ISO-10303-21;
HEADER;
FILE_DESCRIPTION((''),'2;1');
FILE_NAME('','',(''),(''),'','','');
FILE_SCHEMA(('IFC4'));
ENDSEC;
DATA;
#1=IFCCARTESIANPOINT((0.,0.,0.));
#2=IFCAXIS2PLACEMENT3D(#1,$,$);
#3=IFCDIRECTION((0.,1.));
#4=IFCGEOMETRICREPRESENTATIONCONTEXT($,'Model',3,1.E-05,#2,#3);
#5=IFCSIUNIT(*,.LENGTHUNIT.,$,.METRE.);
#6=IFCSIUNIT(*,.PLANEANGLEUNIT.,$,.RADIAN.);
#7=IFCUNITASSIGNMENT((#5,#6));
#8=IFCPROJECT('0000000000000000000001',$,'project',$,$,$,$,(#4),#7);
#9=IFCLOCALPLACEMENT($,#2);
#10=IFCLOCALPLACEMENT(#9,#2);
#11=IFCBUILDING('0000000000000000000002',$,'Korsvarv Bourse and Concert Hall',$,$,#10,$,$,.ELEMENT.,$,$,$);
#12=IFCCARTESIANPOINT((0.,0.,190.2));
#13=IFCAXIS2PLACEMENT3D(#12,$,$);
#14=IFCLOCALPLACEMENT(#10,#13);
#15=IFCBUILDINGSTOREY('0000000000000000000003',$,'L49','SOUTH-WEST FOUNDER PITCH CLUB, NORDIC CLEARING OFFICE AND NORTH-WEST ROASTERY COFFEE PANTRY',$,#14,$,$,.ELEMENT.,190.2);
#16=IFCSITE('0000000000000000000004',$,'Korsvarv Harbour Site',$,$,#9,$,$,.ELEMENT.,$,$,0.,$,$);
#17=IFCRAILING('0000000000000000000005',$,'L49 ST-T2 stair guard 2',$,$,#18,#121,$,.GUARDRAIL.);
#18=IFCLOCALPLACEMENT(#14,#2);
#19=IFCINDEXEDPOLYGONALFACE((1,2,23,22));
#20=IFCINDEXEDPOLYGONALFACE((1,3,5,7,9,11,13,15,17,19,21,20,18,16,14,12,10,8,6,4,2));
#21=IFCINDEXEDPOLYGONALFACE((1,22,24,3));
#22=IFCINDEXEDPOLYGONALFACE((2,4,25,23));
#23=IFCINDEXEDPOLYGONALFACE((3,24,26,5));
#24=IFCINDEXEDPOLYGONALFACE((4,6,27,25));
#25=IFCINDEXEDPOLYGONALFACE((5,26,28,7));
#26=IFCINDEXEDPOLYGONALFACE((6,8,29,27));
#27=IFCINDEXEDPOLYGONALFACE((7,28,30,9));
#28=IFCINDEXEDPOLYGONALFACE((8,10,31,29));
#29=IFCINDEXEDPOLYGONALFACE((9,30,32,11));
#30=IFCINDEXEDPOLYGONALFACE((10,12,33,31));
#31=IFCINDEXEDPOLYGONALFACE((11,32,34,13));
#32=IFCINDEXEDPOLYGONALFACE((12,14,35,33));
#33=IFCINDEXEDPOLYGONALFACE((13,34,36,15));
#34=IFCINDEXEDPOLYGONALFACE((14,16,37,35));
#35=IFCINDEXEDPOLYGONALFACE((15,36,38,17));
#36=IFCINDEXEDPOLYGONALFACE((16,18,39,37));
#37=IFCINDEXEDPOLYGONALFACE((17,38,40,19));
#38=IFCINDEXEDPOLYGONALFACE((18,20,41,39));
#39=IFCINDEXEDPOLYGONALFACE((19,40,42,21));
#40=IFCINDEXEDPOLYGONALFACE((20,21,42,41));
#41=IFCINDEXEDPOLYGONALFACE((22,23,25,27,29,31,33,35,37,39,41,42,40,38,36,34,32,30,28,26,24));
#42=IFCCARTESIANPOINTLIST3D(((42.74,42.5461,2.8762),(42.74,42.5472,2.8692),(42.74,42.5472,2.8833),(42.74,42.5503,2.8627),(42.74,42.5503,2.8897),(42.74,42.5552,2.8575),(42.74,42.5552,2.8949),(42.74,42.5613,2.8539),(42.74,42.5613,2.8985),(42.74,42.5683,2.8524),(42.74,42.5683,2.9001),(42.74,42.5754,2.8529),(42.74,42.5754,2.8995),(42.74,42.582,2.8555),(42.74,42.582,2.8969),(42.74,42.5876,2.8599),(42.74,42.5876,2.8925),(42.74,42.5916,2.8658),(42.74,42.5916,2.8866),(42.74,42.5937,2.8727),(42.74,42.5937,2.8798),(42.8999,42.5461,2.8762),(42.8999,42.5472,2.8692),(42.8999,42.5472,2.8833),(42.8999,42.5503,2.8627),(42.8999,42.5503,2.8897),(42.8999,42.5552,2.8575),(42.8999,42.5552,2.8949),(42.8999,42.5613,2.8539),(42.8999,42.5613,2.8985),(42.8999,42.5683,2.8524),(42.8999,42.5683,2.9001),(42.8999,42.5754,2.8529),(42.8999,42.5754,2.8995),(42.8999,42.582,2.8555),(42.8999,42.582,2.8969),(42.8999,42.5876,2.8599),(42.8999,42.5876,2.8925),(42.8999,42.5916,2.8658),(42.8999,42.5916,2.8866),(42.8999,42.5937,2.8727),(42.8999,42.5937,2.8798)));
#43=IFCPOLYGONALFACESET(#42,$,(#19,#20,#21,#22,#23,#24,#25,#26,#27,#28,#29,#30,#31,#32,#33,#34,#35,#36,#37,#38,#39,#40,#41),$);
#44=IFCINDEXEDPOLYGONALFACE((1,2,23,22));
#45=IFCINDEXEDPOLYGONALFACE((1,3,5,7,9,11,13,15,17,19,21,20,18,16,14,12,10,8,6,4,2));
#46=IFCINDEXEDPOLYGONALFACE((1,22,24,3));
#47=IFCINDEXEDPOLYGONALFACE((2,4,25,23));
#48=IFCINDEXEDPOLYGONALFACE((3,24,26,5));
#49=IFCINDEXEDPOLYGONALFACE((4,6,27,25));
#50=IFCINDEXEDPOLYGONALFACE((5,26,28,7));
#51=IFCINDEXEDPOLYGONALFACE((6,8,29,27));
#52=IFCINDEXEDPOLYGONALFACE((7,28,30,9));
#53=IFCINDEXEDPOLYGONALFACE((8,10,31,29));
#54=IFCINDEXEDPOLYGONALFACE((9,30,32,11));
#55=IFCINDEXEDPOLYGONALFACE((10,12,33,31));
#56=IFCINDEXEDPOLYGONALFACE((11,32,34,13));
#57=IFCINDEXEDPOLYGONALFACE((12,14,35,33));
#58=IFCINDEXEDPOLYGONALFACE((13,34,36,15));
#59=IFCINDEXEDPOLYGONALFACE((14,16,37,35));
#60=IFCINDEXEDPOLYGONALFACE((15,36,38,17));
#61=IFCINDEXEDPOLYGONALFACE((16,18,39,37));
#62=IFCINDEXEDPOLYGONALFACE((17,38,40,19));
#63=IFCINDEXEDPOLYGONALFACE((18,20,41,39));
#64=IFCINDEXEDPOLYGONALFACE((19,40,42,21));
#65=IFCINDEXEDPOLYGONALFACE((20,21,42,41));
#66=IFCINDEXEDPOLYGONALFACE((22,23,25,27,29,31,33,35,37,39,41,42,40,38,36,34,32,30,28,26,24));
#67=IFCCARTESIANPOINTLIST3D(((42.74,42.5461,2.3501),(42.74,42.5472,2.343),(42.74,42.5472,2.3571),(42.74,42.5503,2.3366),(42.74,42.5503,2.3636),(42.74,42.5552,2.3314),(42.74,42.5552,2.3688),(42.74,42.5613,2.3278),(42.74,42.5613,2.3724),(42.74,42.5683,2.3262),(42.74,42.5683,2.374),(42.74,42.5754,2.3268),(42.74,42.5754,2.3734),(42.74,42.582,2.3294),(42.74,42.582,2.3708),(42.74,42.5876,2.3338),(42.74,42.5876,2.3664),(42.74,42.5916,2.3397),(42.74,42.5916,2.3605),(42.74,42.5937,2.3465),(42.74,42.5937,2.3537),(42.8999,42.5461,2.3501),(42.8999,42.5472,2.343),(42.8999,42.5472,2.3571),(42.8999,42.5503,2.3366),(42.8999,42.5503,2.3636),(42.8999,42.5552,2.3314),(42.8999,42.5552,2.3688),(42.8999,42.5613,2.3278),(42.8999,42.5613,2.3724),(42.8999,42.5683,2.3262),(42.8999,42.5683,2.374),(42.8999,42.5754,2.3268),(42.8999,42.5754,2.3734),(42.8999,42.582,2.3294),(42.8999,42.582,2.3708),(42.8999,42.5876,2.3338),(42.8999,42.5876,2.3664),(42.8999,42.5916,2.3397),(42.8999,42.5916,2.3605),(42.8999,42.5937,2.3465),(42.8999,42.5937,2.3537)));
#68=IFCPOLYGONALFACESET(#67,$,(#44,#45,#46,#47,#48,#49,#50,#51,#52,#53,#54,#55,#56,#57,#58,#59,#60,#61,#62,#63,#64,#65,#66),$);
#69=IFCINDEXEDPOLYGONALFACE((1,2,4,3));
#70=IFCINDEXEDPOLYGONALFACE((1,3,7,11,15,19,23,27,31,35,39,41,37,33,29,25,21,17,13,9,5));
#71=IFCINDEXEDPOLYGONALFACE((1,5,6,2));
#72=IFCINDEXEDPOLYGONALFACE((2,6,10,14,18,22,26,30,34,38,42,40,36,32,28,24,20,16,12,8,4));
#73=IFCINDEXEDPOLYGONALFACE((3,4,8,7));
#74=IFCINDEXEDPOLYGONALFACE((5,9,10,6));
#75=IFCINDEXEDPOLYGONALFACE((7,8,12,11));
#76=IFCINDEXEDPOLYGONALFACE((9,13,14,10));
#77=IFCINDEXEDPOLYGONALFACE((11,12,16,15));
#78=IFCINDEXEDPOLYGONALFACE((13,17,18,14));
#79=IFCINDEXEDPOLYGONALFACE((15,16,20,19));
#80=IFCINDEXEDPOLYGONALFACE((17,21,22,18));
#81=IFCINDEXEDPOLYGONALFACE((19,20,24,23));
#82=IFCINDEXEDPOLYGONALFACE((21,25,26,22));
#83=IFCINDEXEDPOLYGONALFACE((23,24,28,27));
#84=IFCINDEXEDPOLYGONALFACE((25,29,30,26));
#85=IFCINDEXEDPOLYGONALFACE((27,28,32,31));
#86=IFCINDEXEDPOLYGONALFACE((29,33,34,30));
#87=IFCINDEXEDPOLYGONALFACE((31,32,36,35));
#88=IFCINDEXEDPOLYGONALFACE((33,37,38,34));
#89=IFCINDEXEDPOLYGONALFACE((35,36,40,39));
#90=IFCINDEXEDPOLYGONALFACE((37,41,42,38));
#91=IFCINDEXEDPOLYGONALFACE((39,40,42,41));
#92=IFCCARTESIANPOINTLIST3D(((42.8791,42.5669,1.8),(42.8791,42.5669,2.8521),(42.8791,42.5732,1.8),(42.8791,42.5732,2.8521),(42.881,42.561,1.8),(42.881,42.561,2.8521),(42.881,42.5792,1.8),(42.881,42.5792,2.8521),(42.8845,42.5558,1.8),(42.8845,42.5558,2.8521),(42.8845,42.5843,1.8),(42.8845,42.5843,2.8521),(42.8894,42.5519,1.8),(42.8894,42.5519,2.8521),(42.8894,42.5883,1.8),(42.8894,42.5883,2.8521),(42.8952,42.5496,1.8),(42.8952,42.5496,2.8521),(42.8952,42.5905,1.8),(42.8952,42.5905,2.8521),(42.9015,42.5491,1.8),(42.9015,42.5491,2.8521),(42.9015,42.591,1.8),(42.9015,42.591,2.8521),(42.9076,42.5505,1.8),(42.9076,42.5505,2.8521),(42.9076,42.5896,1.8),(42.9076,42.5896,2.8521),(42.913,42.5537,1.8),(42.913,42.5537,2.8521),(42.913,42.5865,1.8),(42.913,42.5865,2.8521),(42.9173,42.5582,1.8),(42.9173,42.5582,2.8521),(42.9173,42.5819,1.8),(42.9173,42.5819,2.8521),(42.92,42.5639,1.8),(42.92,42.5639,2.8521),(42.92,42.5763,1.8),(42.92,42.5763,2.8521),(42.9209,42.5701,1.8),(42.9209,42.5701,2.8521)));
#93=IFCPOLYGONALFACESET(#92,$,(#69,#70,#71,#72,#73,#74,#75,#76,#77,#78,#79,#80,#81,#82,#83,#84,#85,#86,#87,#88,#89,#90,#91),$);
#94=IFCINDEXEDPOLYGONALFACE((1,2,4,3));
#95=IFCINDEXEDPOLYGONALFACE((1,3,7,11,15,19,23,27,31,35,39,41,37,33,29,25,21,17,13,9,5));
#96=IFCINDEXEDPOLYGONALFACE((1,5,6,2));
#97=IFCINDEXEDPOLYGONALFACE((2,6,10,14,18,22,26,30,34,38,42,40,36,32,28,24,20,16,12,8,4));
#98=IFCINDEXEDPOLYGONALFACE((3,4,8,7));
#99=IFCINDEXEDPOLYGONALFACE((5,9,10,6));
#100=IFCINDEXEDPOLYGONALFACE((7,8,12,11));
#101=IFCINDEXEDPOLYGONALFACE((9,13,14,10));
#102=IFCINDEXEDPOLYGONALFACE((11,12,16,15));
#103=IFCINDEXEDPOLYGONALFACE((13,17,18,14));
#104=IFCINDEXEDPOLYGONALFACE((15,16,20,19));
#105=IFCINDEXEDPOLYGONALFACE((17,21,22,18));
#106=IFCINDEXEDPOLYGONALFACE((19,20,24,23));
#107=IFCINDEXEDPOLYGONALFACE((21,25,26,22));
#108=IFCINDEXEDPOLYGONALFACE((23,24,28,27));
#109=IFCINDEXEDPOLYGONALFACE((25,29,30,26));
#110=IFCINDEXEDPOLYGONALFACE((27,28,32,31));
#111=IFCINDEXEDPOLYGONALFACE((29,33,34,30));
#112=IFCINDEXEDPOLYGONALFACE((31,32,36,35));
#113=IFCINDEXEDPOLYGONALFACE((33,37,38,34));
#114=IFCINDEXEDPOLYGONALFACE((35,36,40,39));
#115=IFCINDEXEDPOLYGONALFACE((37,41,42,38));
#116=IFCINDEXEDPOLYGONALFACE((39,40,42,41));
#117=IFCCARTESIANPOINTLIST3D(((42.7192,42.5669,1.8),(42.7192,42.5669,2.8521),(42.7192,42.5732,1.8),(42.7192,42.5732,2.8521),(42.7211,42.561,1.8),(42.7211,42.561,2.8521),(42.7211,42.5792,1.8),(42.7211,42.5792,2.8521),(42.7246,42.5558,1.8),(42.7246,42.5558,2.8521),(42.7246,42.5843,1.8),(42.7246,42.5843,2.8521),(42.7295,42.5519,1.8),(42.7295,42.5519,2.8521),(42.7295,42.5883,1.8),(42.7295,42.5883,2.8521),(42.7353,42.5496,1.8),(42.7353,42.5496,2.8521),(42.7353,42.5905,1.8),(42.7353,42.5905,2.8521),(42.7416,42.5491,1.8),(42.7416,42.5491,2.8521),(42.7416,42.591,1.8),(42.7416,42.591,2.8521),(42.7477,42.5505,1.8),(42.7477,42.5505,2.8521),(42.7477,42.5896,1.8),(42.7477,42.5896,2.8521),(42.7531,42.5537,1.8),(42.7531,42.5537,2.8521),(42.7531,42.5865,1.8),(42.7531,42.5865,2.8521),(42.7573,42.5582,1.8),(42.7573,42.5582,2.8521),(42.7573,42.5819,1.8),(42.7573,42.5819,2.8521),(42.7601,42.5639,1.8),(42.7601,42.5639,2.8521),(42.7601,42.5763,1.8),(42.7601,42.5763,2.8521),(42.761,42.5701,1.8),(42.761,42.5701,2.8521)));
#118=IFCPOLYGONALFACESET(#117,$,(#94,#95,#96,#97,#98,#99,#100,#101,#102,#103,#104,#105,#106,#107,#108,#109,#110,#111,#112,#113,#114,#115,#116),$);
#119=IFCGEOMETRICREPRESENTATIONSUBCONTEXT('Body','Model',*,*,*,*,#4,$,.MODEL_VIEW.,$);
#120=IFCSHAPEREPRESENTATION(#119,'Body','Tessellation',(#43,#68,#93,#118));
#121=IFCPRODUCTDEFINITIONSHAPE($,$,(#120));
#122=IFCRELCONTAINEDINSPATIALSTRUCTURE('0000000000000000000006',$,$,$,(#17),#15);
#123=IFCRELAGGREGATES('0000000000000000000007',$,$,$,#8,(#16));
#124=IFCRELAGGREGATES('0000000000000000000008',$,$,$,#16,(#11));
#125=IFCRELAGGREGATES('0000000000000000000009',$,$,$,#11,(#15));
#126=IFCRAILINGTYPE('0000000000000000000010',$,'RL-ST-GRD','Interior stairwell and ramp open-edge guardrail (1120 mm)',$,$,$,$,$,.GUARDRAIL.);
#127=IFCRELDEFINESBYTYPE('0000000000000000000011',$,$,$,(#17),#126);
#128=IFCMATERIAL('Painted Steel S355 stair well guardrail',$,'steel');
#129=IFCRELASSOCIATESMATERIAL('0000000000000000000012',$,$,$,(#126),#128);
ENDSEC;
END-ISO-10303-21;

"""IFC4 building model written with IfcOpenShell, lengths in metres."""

from ifc_helpers import new_model, si_unit, direction, frame, origin, origin_2d, place, context, subcontext, project, spatial, circle, extrude, material, type_object, element, save


model = new_model("IFC4")

# Units and contexts
model_context = context("Model", 3, precision=1e-05, world=origin(), true_north=direction((0.0, 1.0)))
body_context = subcontext(model_context, "Body", "Model", "MODEL_VIEW")
ifc_project = project(units=[si_unit("LENGTHUNIT", "METRE"), si_unit("PLANEANGLEUNIT", "RADIAN")], contexts=[model_context])

# Site, building, storey
site_placement = place(None, origin())
site = spatial("IfcSite", under=ifc_project, at=site_placement, Name="Korsvarv Harbour Site", CompositionType="ELEMENT", RefElevation=0.0)
building_placement = place(site_placement, origin())
building = spatial("IfcBuilding", under=site, at=building_placement, Name="Korsvarv Bourse and Concert Hall", CompositionType="ELEMENT")
storey_placement = place(building_placement, frame((0.0, 0.0, 190.2)))
storey = spatial("IfcBuildingStorey", under=building, at=storey_placement, Name="L49", Description="SOUTH-WEST FOUNDER PITCH CLUB, NORDIC CLEARING OFFICE AND NORTH-WEST ROASTERY COFFEE PANTRY", CompositionType="ELEMENT", Elevation=190.2)

# Railing
ifc_material_1 = material(Name="Painted Steel S355 stair well guardrail", Category="steel")
railing_type_1 = type_object("IfcRailingType", Name="RL-ST-GRD", Description="Interior stairwell and ramp open-edge guardrail (1120 mm)", PredefinedType="GUARDRAIL", material=ifc_material_1)
railing_1_placement = place(storey_placement, frame((42.8999, 42.5701, 1.8)))
element("IfcRailing", 1, at=railing_1_placement, inside=storey, type_object=railing_type_1, Name="L49 ST-T2 stair guard 2", PredefinedType="GUARDRAIL", context=body_context, shape_type="SweptSolid", body=[
    extrude(circle(Radius=0.0239, at=origin_2d()), frame((0.0, 0.0, 1.0762), z_axis=(-1.0, 0.0, 0.0), x_axis=(0.0, -1.0, 0.0)), (0.0, 0.0, 1.0), 0.1599),
    extrude(circle(Radius=0.0239, at=origin_2d()), frame((0.0, 0.0, 0.55), z_axis=(-1.0, 0.0, 0.0), x_axis=(0.0, -1.0, 0.0)), (0.0, 0.0, 1.0), 0.1599),
    extrude(circle(Radius=0.021, at=origin_2d()), origin(), (0.0, 0.0, 1.0), 1.052),
    extrude(circle(Radius=0.021, at=origin_2d()), frame((-0.1599, 0.0, 0.0)), (0.0, 0.0, 1.0), 1.052),
])

save(model, "model.ifc")
